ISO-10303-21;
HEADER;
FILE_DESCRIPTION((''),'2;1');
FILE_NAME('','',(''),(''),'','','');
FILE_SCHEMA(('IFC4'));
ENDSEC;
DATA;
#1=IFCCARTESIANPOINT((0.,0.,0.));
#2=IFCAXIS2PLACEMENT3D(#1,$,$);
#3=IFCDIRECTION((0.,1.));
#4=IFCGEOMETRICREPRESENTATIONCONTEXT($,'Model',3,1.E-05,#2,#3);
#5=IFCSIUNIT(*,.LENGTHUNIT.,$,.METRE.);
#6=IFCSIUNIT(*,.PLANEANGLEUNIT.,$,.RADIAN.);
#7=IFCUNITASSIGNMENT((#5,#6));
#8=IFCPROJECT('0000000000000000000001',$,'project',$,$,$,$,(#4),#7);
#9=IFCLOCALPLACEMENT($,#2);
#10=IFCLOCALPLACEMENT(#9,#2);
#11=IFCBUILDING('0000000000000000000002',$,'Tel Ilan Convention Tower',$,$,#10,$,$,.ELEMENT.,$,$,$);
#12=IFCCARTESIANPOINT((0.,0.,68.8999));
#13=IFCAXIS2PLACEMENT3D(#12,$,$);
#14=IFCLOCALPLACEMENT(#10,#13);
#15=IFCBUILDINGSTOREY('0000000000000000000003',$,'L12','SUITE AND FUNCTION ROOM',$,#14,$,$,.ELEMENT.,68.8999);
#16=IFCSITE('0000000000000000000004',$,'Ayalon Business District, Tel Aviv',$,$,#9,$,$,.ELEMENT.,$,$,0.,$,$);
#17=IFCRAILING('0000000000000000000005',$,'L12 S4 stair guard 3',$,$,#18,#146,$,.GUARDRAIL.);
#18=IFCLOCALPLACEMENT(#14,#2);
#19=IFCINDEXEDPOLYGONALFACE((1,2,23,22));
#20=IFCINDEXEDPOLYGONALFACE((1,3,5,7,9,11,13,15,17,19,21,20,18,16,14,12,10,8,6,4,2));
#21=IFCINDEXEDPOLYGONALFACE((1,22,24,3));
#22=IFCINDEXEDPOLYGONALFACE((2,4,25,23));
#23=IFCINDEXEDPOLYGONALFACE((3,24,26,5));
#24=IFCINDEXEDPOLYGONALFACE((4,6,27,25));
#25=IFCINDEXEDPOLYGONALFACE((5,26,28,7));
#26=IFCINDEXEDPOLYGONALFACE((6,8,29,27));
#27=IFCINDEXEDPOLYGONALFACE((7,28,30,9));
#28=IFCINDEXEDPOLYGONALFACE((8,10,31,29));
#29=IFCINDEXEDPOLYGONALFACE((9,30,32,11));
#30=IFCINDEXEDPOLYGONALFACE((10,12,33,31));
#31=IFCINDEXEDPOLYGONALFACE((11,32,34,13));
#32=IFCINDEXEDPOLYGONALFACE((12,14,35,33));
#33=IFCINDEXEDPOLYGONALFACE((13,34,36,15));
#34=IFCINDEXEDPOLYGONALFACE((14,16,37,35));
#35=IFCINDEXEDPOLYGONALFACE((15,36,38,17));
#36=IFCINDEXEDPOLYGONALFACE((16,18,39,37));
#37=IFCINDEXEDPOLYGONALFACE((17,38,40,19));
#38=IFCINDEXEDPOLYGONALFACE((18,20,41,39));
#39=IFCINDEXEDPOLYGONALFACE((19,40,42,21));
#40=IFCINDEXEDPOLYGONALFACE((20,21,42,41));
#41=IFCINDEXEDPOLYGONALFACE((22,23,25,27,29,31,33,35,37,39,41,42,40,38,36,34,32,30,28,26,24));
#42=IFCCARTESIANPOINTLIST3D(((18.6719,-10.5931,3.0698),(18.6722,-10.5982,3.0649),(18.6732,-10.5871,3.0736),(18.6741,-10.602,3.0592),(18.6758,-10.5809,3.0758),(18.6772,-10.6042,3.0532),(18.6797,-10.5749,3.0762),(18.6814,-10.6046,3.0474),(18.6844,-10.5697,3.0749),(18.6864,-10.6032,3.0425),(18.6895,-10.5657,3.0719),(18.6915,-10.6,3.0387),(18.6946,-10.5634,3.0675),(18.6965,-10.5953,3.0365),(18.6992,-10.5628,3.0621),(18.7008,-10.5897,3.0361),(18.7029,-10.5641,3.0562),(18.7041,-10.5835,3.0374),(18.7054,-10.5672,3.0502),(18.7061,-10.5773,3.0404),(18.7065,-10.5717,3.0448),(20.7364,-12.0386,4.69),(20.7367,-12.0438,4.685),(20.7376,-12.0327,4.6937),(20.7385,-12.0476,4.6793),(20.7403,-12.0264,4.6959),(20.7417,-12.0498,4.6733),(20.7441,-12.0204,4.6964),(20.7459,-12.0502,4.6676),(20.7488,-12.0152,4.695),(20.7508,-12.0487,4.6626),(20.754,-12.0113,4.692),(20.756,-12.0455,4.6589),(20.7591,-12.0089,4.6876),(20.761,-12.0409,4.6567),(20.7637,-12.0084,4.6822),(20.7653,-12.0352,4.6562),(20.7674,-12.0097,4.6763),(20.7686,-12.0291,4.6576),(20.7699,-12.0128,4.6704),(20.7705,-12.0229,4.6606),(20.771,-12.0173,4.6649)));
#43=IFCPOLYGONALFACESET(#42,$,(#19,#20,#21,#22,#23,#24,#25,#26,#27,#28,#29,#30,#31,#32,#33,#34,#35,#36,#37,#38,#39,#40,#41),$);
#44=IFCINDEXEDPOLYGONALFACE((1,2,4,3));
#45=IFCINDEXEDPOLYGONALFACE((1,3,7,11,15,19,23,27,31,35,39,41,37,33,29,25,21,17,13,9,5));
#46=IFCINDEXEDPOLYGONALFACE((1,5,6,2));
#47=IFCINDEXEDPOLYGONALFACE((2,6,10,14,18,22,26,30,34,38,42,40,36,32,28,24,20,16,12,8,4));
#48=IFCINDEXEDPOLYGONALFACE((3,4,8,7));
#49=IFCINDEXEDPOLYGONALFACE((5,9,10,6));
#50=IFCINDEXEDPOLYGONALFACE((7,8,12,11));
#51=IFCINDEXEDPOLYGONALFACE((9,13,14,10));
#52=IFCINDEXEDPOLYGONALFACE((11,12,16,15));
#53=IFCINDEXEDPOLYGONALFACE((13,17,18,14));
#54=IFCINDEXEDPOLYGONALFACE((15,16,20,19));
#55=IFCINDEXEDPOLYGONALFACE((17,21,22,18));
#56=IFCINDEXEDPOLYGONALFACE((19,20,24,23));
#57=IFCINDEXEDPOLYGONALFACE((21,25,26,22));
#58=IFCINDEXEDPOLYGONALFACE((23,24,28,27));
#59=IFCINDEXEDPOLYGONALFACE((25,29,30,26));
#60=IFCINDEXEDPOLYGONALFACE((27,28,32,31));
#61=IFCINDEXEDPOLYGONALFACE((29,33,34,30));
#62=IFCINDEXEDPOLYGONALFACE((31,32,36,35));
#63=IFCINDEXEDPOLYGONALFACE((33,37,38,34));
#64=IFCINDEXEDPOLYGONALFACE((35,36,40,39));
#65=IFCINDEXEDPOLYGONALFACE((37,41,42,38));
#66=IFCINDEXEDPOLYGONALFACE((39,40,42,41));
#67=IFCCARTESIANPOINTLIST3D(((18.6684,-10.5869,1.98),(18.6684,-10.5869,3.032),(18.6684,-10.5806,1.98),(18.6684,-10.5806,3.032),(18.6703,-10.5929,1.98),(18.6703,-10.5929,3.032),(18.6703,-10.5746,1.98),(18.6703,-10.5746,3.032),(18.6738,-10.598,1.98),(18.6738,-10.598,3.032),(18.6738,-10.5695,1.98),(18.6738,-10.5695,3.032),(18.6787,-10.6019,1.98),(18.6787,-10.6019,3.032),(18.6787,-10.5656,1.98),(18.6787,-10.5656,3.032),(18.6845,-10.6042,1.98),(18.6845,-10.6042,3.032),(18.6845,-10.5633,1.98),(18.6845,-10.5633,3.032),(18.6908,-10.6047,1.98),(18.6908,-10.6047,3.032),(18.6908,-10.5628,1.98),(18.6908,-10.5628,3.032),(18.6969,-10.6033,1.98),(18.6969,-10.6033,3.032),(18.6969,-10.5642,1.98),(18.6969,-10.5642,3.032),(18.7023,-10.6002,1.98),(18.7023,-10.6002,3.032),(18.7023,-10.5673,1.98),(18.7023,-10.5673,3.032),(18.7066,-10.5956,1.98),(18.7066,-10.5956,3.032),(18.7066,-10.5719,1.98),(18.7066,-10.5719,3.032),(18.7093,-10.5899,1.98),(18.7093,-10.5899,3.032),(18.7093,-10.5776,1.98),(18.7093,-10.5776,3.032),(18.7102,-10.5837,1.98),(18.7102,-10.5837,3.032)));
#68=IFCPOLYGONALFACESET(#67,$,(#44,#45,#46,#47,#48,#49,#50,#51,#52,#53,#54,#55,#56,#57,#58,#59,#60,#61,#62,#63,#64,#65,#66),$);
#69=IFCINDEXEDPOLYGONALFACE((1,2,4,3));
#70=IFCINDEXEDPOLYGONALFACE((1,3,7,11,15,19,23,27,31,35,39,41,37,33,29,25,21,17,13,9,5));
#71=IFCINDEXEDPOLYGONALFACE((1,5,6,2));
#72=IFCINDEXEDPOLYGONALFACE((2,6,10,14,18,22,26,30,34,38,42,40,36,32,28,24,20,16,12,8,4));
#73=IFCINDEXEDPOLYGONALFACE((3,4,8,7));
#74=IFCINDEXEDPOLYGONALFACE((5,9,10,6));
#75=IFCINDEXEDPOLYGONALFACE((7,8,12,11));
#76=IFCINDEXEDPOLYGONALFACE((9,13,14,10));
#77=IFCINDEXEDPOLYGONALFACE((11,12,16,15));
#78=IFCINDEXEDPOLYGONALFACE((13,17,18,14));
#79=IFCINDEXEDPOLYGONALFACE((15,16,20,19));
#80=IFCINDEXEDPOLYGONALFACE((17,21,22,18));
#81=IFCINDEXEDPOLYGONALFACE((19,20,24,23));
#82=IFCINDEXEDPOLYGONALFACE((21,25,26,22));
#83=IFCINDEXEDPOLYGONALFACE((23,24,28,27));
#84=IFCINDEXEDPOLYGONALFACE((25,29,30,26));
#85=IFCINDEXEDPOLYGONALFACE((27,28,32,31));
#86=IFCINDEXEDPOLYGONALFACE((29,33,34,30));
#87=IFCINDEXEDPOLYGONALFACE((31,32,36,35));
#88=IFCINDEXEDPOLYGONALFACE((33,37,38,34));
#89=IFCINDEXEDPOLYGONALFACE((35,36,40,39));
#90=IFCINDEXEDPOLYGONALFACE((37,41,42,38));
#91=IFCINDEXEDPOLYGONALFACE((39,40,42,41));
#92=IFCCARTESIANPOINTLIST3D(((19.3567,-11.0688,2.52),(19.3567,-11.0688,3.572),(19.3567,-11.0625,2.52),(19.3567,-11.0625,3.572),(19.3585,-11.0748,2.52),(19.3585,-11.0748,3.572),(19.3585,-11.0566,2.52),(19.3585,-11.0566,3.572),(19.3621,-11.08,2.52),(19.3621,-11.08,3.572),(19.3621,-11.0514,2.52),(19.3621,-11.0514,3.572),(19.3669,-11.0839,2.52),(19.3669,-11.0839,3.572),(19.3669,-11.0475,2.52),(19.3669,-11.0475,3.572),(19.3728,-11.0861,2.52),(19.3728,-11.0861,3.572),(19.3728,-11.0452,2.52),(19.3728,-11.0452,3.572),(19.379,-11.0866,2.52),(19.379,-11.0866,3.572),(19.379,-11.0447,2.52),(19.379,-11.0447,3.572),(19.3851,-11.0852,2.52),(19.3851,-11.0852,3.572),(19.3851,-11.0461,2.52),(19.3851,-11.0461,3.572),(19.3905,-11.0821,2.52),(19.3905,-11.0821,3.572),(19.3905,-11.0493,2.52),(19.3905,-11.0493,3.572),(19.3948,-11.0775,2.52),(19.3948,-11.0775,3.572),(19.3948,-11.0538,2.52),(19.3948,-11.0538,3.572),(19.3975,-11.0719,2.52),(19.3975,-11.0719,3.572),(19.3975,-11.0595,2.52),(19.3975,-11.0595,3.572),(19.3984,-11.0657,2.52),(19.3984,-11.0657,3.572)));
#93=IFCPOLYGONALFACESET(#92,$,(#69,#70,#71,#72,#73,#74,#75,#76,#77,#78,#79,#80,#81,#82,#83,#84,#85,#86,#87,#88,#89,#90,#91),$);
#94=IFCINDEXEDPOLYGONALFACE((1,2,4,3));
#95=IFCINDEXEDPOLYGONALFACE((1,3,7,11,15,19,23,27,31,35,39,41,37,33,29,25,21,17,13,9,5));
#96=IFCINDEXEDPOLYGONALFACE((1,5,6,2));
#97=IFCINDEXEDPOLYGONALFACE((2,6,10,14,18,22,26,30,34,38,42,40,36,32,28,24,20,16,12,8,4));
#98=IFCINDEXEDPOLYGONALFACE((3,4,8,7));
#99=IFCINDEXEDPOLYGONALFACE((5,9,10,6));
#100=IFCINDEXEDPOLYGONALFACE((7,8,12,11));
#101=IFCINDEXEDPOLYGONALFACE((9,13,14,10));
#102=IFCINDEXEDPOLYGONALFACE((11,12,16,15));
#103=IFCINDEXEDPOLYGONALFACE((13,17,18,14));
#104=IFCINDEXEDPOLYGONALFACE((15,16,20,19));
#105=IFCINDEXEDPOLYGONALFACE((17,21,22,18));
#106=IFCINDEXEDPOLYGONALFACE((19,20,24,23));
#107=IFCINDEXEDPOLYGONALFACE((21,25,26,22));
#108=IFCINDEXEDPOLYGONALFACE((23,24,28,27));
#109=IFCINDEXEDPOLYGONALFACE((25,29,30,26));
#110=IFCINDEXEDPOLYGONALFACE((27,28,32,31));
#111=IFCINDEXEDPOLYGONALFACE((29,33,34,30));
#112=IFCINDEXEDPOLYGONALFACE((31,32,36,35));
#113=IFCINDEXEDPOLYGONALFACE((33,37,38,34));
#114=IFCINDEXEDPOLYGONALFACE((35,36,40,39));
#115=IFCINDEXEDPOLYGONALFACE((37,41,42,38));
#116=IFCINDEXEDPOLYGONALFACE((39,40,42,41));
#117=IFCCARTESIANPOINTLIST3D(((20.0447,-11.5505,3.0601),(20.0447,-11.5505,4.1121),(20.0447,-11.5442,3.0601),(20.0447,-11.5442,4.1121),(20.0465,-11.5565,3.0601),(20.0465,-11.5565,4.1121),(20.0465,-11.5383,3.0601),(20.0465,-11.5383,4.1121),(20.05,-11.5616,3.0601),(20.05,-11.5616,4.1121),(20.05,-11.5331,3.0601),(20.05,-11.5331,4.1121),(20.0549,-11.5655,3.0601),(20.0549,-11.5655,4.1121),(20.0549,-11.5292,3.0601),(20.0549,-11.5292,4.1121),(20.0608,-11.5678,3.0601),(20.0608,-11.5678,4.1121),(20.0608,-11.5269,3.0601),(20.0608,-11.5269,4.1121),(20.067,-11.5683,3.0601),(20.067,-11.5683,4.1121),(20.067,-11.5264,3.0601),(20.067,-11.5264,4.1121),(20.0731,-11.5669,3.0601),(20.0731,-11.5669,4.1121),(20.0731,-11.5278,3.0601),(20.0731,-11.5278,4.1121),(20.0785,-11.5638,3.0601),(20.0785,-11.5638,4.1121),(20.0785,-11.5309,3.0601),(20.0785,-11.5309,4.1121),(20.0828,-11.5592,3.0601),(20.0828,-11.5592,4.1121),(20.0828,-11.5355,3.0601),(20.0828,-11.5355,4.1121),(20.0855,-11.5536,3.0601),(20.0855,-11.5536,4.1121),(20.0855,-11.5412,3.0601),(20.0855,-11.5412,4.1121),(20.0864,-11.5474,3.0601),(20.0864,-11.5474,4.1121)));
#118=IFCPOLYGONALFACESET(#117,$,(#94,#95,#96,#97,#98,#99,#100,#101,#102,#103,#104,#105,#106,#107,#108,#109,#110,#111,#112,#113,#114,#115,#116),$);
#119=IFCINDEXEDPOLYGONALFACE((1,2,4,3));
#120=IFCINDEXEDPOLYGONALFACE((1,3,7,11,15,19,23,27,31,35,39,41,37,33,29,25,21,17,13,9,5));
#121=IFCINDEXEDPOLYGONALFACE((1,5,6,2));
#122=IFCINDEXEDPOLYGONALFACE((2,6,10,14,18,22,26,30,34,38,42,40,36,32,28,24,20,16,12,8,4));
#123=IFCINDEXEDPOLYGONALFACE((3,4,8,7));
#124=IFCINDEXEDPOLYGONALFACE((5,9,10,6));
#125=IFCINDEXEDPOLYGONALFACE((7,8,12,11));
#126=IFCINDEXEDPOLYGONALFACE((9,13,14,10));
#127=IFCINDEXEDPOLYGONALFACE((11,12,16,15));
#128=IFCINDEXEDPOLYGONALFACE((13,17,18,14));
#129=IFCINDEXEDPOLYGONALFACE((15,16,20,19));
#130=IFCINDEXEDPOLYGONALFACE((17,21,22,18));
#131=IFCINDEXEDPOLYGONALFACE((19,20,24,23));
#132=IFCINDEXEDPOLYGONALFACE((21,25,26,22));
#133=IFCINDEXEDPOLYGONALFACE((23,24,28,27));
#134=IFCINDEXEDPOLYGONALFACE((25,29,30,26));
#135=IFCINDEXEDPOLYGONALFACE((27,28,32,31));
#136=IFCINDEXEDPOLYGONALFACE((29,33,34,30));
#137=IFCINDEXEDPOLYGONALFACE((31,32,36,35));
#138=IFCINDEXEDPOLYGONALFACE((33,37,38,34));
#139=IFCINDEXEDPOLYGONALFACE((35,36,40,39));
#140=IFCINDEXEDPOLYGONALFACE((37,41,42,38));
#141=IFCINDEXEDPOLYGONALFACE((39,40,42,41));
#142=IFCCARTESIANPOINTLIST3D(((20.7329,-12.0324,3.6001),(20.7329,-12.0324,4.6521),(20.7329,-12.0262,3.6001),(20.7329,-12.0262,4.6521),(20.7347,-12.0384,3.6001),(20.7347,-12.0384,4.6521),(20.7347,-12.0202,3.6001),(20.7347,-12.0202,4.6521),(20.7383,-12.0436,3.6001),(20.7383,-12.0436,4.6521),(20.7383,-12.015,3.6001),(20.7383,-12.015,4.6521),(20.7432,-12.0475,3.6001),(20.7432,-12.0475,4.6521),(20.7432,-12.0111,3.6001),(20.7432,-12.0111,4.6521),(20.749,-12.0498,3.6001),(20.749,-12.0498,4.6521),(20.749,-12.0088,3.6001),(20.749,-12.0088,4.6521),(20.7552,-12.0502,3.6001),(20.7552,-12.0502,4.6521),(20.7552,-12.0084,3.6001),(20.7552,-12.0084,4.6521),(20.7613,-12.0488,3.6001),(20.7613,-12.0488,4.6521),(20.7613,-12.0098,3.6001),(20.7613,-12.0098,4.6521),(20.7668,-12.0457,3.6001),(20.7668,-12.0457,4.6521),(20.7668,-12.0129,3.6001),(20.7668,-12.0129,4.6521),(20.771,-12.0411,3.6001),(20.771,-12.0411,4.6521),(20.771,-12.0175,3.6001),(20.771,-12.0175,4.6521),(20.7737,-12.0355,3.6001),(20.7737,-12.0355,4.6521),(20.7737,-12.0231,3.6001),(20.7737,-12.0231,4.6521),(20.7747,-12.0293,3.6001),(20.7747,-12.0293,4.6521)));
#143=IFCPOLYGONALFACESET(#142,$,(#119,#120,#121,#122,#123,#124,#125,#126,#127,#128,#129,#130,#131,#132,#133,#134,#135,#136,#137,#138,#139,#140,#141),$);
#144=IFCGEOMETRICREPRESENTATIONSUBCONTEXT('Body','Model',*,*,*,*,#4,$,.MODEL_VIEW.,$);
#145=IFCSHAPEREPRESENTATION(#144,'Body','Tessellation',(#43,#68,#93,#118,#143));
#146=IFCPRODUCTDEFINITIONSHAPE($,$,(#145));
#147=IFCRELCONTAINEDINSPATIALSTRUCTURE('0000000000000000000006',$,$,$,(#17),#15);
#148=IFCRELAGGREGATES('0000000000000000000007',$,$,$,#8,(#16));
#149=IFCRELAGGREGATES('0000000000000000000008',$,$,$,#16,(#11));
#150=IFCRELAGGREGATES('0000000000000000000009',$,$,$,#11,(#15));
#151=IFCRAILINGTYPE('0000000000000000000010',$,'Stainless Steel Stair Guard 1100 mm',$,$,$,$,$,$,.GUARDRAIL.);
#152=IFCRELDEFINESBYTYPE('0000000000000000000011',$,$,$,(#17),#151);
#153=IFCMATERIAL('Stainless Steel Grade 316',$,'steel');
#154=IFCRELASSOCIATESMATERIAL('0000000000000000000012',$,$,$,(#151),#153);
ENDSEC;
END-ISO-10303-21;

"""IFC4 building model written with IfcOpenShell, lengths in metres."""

from ifc_helpers import new_model, si_unit, direction, frame, origin, origin_2d, place, context, subcontext, project, spatial, circle, extrude, material, type_object, element, save


model = new_model("IFC4")

# Units and contexts
model_context = context("Model", 3, precision=1e-05, world=origin(), true_north=direction((0.0, 1.0)))
body_context = subcontext(model_context, "Body", "Model", "MODEL_VIEW")
ifc_project = project(units=[si_unit("LENGTHUNIT", "METRE"), si_unit("PLANEANGLEUNIT", "RADIAN")], contexts=[model_context])

# Site, building, storey
site_placement = place(None, origin())
site = spatial("IfcSite", under=ifc_project, at=site_placement, Name="Ayalon Business District, Tel Aviv", CompositionType="ELEMENT", RefElevation=0.0)
building_placement = place(site_placement, origin())
building = spatial("IfcBuilding", under=site, at=building_placement, Name="Tel Ilan Convention Tower", CompositionType="ELEMENT")
storey_placement = place(building_placement, frame((0.0, 0.0, 68.8999)))
storey = spatial("IfcBuildingStorey", under=building, at=storey_placement, Name="L12", Description="SUITE AND FUNCTION ROOM", CompositionType="ELEMENT", Elevation=68.8999)

# Railing
ifc_material_1 = material(Name="Stainless Steel Grade 316", Category="steel")
railing_type_1 = type_object("IfcRailingType", Name="Stainless Steel Stair Guard 1100 mm", PredefinedType="GUARDRAIL", material=ifc_material_1)
railing_1_placement = place(storey_placement, frame((18.6892, -10.5837, 1.98)))
element("IfcRailing", 1, at=railing_1_placement, inside=storey, type_object=railing_type_1, Name="L12 S4 stair guard 3", PredefinedType="GUARDRAIL", context=body_context, shape_type="SweptSolid", body=[
    extrude(circle(Radius=0.0239, at=origin_2d()), frame((0.0, 0.0, 1.0762), z_axis=(0.689056, -0.482486, 0.540749), x_axis=(0.573579, 0.81915, 0.0)), (0.0, 0.0, 1.0), 2.9961),
    extrude(circle(Radius=0.021, at=origin_2d()), origin(), (0.0, 0.0, 1.0), 1.052),
    extrude(circle(Radius=0.021, at=origin_2d()), frame((0.6882, -0.4819, 0.54)), (0.0, 0.0, 1.0), 1.052),
    extrude(circle(Radius=0.021, at=origin_2d()), frame((1.3762, -0.9636, 1.0801)), (0.0, 0.0, 1.0), 1.052),
    extrude(circle(Radius=0.021, at=origin_2d()), frame((2.0645, -1.4456, 1.6201)), (0.0, 0.0, 1.0), 1.052),
])

save(model, "model.ifc")
